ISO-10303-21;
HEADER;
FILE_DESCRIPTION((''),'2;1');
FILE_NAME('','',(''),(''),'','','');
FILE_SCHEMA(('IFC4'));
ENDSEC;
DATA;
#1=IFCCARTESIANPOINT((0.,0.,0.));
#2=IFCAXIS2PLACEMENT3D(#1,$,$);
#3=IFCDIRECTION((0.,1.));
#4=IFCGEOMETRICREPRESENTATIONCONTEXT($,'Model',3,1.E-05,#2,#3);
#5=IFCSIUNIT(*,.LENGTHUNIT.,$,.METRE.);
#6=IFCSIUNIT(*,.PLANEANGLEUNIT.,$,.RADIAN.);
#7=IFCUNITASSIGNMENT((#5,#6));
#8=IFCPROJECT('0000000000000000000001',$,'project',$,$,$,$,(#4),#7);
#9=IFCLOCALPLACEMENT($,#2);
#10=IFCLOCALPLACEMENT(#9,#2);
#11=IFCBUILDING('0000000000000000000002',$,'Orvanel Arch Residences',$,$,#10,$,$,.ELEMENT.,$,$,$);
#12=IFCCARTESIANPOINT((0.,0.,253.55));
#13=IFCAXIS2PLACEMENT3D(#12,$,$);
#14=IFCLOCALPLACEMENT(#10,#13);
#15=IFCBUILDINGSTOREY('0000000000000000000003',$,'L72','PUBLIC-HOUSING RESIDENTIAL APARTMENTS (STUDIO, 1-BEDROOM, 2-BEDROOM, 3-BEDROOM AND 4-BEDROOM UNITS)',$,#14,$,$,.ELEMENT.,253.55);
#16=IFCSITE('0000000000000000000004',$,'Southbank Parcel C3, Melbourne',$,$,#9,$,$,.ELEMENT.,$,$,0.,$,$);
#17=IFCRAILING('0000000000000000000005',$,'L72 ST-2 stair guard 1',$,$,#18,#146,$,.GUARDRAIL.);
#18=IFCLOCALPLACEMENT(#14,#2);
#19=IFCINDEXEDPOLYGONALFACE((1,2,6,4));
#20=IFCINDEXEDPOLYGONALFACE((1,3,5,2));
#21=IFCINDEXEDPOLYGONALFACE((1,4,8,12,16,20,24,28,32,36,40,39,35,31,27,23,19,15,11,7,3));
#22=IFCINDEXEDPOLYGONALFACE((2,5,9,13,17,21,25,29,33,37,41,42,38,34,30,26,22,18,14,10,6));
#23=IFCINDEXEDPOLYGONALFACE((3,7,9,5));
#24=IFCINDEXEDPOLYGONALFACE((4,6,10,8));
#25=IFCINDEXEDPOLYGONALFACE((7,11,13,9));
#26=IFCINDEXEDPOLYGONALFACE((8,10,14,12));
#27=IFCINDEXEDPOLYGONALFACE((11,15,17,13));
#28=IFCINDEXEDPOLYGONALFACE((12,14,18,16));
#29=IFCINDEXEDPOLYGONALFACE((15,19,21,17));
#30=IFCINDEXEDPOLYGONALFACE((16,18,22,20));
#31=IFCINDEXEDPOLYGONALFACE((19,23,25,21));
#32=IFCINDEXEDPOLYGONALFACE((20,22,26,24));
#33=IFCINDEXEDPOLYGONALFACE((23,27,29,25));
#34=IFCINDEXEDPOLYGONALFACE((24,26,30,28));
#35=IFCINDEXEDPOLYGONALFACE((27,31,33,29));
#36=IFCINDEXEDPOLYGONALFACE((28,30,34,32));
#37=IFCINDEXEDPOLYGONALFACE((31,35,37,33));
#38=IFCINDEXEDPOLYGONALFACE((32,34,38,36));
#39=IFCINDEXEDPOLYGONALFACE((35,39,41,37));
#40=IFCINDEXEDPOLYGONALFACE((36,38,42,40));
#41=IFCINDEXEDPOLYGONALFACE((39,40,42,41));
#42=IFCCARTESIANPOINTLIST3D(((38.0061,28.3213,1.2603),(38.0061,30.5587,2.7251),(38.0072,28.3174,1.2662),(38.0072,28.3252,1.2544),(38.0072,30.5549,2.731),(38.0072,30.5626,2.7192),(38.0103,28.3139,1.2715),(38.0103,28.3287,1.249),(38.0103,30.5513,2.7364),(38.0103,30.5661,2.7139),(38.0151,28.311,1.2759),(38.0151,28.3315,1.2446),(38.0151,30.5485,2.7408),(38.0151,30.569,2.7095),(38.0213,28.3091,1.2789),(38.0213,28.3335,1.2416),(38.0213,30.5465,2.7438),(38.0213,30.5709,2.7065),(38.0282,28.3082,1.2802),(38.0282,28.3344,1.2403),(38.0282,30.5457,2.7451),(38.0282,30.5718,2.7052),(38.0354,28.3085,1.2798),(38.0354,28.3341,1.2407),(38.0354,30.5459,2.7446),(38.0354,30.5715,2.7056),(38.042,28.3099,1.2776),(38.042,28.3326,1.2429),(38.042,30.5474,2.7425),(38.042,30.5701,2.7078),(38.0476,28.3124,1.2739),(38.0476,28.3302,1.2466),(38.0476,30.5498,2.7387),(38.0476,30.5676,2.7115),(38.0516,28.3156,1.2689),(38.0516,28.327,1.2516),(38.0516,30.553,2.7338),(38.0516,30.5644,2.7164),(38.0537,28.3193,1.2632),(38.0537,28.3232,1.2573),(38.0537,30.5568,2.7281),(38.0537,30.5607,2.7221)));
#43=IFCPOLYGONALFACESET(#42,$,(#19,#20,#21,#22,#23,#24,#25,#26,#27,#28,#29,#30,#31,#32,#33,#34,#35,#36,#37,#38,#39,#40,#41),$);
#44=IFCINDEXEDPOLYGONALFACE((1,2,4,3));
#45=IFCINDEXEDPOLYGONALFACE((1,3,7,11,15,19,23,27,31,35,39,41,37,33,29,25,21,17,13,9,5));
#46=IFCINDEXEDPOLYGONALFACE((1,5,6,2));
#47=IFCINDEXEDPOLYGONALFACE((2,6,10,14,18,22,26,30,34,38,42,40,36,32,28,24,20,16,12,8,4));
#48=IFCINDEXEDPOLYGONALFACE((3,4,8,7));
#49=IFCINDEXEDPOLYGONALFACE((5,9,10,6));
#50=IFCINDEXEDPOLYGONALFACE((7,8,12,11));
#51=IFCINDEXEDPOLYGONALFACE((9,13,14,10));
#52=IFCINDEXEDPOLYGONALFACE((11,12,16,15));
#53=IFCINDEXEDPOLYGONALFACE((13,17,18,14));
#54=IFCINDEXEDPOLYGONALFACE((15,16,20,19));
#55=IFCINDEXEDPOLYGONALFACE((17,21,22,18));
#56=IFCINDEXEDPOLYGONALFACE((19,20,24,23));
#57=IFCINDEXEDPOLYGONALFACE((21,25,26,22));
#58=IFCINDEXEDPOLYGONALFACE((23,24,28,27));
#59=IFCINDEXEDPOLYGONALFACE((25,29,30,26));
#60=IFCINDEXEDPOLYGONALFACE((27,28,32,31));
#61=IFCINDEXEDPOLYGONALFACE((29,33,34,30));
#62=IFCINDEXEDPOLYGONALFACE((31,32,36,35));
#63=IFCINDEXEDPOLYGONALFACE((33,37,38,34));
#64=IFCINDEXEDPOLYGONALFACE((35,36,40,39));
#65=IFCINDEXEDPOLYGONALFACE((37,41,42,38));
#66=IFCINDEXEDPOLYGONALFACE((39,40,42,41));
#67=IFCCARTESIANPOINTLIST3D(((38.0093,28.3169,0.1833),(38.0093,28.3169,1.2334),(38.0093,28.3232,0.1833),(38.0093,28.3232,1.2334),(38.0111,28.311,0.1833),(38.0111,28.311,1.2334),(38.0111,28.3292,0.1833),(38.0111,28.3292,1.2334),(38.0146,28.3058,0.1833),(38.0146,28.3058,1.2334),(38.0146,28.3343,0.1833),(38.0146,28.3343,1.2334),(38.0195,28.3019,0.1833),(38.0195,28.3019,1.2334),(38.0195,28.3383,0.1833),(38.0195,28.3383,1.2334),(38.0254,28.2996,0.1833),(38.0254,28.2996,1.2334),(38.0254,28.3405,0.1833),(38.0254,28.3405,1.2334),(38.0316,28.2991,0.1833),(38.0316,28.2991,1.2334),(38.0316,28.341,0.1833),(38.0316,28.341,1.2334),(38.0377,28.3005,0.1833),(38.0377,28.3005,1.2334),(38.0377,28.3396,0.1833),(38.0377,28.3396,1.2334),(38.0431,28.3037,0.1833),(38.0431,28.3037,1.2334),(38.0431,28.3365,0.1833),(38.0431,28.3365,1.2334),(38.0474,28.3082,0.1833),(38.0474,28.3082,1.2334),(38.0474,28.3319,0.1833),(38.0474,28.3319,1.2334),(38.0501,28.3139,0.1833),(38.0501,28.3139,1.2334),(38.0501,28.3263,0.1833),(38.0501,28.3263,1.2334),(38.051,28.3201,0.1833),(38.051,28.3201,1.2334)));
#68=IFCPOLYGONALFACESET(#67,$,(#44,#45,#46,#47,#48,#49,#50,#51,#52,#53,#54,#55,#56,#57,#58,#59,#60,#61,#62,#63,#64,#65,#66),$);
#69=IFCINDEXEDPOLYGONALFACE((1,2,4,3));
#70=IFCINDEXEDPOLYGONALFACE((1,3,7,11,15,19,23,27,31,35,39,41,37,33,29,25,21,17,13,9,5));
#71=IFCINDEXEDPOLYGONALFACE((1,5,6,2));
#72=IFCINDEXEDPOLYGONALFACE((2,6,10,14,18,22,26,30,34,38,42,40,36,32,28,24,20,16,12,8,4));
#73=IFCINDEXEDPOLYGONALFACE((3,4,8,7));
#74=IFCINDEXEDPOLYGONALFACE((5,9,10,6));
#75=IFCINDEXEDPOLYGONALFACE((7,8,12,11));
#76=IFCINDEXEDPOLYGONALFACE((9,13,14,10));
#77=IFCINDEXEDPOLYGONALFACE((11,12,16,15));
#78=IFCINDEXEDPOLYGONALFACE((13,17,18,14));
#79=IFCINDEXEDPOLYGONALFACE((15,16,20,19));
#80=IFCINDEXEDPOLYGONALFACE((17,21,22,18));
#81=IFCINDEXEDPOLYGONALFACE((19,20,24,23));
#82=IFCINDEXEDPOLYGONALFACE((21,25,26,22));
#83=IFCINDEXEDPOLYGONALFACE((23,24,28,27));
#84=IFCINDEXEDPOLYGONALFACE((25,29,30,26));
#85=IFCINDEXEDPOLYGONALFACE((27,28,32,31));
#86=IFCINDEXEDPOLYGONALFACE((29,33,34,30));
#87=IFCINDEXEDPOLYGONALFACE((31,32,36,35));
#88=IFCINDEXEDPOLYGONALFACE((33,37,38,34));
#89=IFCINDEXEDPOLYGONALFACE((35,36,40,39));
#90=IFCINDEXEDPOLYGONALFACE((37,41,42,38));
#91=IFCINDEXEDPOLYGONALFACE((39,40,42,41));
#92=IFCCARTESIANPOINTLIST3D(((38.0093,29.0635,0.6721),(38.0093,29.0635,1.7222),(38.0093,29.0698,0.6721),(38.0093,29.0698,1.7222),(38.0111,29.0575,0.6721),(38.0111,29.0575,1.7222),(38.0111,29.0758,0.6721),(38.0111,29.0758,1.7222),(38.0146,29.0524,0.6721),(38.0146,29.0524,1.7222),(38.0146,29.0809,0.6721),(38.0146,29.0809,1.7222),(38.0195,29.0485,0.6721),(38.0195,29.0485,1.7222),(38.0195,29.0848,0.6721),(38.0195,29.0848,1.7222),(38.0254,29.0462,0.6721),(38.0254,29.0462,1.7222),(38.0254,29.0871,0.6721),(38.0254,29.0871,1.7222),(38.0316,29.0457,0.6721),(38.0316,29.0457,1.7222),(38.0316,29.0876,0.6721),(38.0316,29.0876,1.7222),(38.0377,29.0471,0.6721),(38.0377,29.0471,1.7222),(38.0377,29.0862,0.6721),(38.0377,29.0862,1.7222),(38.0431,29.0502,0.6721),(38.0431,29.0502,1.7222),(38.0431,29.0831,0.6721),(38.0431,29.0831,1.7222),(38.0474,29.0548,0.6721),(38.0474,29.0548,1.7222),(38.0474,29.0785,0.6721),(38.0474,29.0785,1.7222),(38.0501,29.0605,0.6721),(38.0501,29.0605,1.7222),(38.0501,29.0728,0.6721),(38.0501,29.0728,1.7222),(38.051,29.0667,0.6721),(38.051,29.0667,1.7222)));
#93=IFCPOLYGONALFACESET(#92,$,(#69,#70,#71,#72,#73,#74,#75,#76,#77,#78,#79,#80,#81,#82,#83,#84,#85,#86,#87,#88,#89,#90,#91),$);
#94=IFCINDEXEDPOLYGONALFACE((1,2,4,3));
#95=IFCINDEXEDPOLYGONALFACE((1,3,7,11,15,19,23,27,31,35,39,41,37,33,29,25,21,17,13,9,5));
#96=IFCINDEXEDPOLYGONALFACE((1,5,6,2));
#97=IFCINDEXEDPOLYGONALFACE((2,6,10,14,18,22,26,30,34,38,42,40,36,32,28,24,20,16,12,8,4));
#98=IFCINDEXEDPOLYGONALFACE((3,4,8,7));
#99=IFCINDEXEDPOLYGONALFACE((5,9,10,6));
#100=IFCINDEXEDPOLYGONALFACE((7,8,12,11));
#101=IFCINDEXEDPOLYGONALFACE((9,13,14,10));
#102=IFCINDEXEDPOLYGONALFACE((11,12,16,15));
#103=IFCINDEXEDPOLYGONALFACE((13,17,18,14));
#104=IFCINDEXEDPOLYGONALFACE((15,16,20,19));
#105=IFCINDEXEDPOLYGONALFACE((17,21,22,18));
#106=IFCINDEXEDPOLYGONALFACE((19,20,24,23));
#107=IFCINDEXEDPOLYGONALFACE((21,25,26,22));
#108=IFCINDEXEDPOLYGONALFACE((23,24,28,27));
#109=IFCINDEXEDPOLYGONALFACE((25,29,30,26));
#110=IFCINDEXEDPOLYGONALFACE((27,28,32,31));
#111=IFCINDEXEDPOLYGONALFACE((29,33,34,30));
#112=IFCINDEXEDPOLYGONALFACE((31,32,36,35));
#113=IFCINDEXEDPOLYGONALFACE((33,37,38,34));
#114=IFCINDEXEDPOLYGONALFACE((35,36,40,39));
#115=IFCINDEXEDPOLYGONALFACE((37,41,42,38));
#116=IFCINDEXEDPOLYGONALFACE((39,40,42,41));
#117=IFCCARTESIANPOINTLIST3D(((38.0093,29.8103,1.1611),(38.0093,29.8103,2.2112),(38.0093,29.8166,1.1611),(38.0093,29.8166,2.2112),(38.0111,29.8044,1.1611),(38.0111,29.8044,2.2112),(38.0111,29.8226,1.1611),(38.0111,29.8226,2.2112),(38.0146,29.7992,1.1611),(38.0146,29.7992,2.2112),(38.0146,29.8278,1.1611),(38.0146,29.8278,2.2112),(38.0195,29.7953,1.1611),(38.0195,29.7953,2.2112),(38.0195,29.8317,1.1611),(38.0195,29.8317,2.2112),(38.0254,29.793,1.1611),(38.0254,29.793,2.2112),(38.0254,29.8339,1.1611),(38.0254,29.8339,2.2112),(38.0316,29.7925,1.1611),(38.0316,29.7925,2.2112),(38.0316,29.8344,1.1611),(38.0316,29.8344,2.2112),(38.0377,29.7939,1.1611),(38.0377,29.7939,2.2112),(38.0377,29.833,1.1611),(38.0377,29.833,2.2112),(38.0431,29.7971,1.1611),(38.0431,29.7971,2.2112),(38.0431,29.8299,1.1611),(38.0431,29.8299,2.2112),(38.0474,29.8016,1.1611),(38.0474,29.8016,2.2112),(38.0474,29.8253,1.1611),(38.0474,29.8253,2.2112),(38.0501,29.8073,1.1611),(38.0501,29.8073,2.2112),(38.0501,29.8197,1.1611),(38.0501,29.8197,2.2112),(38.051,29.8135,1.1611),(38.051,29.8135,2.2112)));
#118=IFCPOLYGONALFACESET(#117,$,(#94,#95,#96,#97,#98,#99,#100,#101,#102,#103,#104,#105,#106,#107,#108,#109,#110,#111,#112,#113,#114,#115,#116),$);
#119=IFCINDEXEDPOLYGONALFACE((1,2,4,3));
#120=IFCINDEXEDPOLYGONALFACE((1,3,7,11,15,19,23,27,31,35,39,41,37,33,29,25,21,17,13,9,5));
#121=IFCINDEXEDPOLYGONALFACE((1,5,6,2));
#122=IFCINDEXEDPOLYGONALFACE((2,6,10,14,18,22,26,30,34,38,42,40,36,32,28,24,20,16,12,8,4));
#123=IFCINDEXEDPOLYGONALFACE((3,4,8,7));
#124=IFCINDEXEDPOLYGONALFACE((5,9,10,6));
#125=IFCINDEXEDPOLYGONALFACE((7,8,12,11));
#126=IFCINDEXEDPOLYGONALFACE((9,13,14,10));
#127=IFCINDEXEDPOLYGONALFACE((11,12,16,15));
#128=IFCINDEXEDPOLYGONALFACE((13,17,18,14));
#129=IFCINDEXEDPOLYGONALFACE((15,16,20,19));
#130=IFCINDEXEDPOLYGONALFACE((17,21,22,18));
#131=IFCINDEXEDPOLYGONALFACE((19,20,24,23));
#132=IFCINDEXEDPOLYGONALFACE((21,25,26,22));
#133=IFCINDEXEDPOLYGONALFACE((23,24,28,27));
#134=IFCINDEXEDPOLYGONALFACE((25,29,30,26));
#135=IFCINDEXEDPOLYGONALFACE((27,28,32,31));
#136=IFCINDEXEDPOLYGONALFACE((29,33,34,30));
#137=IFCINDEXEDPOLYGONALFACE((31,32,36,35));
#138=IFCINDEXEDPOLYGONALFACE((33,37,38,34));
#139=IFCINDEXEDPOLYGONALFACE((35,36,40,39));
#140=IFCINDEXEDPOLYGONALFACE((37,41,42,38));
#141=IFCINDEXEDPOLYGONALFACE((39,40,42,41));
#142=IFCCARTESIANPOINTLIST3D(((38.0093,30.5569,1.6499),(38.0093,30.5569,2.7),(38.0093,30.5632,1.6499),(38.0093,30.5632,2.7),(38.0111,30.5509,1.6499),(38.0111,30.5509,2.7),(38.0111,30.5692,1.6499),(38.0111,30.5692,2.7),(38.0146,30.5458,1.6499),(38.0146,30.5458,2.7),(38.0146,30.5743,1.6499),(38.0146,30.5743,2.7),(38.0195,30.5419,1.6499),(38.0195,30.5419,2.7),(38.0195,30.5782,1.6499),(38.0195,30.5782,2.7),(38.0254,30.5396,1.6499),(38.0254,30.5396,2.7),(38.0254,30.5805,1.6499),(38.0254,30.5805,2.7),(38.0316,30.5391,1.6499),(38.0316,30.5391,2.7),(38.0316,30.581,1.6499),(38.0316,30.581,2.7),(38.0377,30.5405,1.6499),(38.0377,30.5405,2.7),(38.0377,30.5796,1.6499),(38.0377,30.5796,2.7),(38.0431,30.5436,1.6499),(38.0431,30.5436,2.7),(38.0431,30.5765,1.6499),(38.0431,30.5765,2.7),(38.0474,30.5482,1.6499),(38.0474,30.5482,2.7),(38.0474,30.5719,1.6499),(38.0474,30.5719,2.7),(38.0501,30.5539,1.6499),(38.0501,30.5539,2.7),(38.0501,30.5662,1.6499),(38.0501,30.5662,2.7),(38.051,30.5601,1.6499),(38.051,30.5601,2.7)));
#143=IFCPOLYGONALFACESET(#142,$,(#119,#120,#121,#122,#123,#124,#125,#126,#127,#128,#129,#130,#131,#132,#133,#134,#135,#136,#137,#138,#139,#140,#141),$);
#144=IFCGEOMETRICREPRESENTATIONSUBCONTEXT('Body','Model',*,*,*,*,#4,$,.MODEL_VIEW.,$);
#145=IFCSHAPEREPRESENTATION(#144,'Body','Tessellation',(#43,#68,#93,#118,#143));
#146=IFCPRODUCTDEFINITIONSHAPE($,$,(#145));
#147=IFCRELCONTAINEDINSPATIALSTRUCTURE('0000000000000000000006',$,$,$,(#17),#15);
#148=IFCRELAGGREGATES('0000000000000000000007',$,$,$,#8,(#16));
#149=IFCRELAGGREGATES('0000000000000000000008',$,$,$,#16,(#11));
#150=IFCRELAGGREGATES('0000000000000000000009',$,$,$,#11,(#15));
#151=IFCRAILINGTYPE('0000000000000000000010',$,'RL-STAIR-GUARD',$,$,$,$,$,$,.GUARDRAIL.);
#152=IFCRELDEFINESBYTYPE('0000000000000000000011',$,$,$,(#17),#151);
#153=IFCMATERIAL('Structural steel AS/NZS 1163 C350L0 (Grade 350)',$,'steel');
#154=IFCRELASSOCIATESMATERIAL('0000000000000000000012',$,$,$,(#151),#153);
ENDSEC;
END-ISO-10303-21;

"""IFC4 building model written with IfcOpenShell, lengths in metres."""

from ifc_helpers import new_model, si_unit, direction, frame, origin, origin_2d, place, context, subcontext, project, spatial, circle, extrude, material, type_object, element, save


model = new_model("IFC4")

# Units and contexts
model_context = context("Model", 3, precision=1e-05, world=origin(), true_north=direction((0.0, 1.0)))
body_context = subcontext(model_context, "Body", "Model", "MODEL_VIEW")
ifc_project = project(units=[si_unit("LENGTHUNIT", "METRE"), si_unit("PLANEANGLEUNIT", "RADIAN")], contexts=[model_context])

# Site, building, storey
site_placement = place(None, origin())
site = spatial("IfcSite", under=ifc_project, at=site_placement, Name="Southbank Parcel C3, Melbourne", CompositionType="ELEMENT", RefElevation=0.0)
building_placement = place(site_placement, origin())
building = spatial("IfcBuilding", under=site, at=building_placement, Name="Orvanel Arch Residences", CompositionType="ELEMENT")
storey_placement = place(building_placement, frame((0.0, 0.0, 253.55)))
storey = spatial("IfcBuildingStorey", under=building, at=storey_placement, Name="L72", Description="PUBLIC-HOUSING RESIDENTIAL APARTMENTS (STUDIO, 1-BEDROOM, 2-BEDROOM, 3-BEDROOM AND 4-BEDROOM UNITS)", CompositionType="ELEMENT", Elevation=253.55)

# Railing
ifc_material_1 = material(Name="Structural steel AS/NZS 1163 C350L0 (Grade 350)", Category="steel")
railing_type_1 = type_object("IfcRailingType", Name="RL-STAIR-GUARD", PredefinedType="GUARDRAIL", material=ifc_material_1)
railing_1_placement = place(storey_placement, frame((38.03, 28.3201, 0.1833)))
element("IfcRailing", 1, at=railing_1_placement, inside=storey, type_object=railing_type_1, Name="L72 ST-2 stair guard 1", PredefinedType="GUARDRAIL", context=body_context, shape_type="SweptSolid", body=[
    extrude(circle(Radius=0.0239, at=origin_2d()), frame((0.0, 0.0012, 1.0769), z_axis=(0.0, 0.836637, 0.547758), x_axis=(-1.0, 0.0, 0.0)), (0.0, 0.0, 1.0), 2.6743),
    extrude(circle(Radius=0.021, at=origin_2d()), origin(), (0.0, 0.0, 1.0), 1.05),
    extrude(circle(Radius=0.021, at=origin_2d()), frame((0.0, 0.7466, 0.4888)), (0.0, 0.0, 1.0), 1.05),
    extrude(circle(Radius=0.021, at=origin_2d()), frame((0.0, 1.4934, 0.9778)), (0.0, 0.0, 1.0), 1.05),
    extrude(circle(Radius=0.021, at=origin_2d()), frame((0.0, 2.24, 1.4666)), (0.0, 0.0, 1.0), 1.05),
])

save(model, "model.ifc")
